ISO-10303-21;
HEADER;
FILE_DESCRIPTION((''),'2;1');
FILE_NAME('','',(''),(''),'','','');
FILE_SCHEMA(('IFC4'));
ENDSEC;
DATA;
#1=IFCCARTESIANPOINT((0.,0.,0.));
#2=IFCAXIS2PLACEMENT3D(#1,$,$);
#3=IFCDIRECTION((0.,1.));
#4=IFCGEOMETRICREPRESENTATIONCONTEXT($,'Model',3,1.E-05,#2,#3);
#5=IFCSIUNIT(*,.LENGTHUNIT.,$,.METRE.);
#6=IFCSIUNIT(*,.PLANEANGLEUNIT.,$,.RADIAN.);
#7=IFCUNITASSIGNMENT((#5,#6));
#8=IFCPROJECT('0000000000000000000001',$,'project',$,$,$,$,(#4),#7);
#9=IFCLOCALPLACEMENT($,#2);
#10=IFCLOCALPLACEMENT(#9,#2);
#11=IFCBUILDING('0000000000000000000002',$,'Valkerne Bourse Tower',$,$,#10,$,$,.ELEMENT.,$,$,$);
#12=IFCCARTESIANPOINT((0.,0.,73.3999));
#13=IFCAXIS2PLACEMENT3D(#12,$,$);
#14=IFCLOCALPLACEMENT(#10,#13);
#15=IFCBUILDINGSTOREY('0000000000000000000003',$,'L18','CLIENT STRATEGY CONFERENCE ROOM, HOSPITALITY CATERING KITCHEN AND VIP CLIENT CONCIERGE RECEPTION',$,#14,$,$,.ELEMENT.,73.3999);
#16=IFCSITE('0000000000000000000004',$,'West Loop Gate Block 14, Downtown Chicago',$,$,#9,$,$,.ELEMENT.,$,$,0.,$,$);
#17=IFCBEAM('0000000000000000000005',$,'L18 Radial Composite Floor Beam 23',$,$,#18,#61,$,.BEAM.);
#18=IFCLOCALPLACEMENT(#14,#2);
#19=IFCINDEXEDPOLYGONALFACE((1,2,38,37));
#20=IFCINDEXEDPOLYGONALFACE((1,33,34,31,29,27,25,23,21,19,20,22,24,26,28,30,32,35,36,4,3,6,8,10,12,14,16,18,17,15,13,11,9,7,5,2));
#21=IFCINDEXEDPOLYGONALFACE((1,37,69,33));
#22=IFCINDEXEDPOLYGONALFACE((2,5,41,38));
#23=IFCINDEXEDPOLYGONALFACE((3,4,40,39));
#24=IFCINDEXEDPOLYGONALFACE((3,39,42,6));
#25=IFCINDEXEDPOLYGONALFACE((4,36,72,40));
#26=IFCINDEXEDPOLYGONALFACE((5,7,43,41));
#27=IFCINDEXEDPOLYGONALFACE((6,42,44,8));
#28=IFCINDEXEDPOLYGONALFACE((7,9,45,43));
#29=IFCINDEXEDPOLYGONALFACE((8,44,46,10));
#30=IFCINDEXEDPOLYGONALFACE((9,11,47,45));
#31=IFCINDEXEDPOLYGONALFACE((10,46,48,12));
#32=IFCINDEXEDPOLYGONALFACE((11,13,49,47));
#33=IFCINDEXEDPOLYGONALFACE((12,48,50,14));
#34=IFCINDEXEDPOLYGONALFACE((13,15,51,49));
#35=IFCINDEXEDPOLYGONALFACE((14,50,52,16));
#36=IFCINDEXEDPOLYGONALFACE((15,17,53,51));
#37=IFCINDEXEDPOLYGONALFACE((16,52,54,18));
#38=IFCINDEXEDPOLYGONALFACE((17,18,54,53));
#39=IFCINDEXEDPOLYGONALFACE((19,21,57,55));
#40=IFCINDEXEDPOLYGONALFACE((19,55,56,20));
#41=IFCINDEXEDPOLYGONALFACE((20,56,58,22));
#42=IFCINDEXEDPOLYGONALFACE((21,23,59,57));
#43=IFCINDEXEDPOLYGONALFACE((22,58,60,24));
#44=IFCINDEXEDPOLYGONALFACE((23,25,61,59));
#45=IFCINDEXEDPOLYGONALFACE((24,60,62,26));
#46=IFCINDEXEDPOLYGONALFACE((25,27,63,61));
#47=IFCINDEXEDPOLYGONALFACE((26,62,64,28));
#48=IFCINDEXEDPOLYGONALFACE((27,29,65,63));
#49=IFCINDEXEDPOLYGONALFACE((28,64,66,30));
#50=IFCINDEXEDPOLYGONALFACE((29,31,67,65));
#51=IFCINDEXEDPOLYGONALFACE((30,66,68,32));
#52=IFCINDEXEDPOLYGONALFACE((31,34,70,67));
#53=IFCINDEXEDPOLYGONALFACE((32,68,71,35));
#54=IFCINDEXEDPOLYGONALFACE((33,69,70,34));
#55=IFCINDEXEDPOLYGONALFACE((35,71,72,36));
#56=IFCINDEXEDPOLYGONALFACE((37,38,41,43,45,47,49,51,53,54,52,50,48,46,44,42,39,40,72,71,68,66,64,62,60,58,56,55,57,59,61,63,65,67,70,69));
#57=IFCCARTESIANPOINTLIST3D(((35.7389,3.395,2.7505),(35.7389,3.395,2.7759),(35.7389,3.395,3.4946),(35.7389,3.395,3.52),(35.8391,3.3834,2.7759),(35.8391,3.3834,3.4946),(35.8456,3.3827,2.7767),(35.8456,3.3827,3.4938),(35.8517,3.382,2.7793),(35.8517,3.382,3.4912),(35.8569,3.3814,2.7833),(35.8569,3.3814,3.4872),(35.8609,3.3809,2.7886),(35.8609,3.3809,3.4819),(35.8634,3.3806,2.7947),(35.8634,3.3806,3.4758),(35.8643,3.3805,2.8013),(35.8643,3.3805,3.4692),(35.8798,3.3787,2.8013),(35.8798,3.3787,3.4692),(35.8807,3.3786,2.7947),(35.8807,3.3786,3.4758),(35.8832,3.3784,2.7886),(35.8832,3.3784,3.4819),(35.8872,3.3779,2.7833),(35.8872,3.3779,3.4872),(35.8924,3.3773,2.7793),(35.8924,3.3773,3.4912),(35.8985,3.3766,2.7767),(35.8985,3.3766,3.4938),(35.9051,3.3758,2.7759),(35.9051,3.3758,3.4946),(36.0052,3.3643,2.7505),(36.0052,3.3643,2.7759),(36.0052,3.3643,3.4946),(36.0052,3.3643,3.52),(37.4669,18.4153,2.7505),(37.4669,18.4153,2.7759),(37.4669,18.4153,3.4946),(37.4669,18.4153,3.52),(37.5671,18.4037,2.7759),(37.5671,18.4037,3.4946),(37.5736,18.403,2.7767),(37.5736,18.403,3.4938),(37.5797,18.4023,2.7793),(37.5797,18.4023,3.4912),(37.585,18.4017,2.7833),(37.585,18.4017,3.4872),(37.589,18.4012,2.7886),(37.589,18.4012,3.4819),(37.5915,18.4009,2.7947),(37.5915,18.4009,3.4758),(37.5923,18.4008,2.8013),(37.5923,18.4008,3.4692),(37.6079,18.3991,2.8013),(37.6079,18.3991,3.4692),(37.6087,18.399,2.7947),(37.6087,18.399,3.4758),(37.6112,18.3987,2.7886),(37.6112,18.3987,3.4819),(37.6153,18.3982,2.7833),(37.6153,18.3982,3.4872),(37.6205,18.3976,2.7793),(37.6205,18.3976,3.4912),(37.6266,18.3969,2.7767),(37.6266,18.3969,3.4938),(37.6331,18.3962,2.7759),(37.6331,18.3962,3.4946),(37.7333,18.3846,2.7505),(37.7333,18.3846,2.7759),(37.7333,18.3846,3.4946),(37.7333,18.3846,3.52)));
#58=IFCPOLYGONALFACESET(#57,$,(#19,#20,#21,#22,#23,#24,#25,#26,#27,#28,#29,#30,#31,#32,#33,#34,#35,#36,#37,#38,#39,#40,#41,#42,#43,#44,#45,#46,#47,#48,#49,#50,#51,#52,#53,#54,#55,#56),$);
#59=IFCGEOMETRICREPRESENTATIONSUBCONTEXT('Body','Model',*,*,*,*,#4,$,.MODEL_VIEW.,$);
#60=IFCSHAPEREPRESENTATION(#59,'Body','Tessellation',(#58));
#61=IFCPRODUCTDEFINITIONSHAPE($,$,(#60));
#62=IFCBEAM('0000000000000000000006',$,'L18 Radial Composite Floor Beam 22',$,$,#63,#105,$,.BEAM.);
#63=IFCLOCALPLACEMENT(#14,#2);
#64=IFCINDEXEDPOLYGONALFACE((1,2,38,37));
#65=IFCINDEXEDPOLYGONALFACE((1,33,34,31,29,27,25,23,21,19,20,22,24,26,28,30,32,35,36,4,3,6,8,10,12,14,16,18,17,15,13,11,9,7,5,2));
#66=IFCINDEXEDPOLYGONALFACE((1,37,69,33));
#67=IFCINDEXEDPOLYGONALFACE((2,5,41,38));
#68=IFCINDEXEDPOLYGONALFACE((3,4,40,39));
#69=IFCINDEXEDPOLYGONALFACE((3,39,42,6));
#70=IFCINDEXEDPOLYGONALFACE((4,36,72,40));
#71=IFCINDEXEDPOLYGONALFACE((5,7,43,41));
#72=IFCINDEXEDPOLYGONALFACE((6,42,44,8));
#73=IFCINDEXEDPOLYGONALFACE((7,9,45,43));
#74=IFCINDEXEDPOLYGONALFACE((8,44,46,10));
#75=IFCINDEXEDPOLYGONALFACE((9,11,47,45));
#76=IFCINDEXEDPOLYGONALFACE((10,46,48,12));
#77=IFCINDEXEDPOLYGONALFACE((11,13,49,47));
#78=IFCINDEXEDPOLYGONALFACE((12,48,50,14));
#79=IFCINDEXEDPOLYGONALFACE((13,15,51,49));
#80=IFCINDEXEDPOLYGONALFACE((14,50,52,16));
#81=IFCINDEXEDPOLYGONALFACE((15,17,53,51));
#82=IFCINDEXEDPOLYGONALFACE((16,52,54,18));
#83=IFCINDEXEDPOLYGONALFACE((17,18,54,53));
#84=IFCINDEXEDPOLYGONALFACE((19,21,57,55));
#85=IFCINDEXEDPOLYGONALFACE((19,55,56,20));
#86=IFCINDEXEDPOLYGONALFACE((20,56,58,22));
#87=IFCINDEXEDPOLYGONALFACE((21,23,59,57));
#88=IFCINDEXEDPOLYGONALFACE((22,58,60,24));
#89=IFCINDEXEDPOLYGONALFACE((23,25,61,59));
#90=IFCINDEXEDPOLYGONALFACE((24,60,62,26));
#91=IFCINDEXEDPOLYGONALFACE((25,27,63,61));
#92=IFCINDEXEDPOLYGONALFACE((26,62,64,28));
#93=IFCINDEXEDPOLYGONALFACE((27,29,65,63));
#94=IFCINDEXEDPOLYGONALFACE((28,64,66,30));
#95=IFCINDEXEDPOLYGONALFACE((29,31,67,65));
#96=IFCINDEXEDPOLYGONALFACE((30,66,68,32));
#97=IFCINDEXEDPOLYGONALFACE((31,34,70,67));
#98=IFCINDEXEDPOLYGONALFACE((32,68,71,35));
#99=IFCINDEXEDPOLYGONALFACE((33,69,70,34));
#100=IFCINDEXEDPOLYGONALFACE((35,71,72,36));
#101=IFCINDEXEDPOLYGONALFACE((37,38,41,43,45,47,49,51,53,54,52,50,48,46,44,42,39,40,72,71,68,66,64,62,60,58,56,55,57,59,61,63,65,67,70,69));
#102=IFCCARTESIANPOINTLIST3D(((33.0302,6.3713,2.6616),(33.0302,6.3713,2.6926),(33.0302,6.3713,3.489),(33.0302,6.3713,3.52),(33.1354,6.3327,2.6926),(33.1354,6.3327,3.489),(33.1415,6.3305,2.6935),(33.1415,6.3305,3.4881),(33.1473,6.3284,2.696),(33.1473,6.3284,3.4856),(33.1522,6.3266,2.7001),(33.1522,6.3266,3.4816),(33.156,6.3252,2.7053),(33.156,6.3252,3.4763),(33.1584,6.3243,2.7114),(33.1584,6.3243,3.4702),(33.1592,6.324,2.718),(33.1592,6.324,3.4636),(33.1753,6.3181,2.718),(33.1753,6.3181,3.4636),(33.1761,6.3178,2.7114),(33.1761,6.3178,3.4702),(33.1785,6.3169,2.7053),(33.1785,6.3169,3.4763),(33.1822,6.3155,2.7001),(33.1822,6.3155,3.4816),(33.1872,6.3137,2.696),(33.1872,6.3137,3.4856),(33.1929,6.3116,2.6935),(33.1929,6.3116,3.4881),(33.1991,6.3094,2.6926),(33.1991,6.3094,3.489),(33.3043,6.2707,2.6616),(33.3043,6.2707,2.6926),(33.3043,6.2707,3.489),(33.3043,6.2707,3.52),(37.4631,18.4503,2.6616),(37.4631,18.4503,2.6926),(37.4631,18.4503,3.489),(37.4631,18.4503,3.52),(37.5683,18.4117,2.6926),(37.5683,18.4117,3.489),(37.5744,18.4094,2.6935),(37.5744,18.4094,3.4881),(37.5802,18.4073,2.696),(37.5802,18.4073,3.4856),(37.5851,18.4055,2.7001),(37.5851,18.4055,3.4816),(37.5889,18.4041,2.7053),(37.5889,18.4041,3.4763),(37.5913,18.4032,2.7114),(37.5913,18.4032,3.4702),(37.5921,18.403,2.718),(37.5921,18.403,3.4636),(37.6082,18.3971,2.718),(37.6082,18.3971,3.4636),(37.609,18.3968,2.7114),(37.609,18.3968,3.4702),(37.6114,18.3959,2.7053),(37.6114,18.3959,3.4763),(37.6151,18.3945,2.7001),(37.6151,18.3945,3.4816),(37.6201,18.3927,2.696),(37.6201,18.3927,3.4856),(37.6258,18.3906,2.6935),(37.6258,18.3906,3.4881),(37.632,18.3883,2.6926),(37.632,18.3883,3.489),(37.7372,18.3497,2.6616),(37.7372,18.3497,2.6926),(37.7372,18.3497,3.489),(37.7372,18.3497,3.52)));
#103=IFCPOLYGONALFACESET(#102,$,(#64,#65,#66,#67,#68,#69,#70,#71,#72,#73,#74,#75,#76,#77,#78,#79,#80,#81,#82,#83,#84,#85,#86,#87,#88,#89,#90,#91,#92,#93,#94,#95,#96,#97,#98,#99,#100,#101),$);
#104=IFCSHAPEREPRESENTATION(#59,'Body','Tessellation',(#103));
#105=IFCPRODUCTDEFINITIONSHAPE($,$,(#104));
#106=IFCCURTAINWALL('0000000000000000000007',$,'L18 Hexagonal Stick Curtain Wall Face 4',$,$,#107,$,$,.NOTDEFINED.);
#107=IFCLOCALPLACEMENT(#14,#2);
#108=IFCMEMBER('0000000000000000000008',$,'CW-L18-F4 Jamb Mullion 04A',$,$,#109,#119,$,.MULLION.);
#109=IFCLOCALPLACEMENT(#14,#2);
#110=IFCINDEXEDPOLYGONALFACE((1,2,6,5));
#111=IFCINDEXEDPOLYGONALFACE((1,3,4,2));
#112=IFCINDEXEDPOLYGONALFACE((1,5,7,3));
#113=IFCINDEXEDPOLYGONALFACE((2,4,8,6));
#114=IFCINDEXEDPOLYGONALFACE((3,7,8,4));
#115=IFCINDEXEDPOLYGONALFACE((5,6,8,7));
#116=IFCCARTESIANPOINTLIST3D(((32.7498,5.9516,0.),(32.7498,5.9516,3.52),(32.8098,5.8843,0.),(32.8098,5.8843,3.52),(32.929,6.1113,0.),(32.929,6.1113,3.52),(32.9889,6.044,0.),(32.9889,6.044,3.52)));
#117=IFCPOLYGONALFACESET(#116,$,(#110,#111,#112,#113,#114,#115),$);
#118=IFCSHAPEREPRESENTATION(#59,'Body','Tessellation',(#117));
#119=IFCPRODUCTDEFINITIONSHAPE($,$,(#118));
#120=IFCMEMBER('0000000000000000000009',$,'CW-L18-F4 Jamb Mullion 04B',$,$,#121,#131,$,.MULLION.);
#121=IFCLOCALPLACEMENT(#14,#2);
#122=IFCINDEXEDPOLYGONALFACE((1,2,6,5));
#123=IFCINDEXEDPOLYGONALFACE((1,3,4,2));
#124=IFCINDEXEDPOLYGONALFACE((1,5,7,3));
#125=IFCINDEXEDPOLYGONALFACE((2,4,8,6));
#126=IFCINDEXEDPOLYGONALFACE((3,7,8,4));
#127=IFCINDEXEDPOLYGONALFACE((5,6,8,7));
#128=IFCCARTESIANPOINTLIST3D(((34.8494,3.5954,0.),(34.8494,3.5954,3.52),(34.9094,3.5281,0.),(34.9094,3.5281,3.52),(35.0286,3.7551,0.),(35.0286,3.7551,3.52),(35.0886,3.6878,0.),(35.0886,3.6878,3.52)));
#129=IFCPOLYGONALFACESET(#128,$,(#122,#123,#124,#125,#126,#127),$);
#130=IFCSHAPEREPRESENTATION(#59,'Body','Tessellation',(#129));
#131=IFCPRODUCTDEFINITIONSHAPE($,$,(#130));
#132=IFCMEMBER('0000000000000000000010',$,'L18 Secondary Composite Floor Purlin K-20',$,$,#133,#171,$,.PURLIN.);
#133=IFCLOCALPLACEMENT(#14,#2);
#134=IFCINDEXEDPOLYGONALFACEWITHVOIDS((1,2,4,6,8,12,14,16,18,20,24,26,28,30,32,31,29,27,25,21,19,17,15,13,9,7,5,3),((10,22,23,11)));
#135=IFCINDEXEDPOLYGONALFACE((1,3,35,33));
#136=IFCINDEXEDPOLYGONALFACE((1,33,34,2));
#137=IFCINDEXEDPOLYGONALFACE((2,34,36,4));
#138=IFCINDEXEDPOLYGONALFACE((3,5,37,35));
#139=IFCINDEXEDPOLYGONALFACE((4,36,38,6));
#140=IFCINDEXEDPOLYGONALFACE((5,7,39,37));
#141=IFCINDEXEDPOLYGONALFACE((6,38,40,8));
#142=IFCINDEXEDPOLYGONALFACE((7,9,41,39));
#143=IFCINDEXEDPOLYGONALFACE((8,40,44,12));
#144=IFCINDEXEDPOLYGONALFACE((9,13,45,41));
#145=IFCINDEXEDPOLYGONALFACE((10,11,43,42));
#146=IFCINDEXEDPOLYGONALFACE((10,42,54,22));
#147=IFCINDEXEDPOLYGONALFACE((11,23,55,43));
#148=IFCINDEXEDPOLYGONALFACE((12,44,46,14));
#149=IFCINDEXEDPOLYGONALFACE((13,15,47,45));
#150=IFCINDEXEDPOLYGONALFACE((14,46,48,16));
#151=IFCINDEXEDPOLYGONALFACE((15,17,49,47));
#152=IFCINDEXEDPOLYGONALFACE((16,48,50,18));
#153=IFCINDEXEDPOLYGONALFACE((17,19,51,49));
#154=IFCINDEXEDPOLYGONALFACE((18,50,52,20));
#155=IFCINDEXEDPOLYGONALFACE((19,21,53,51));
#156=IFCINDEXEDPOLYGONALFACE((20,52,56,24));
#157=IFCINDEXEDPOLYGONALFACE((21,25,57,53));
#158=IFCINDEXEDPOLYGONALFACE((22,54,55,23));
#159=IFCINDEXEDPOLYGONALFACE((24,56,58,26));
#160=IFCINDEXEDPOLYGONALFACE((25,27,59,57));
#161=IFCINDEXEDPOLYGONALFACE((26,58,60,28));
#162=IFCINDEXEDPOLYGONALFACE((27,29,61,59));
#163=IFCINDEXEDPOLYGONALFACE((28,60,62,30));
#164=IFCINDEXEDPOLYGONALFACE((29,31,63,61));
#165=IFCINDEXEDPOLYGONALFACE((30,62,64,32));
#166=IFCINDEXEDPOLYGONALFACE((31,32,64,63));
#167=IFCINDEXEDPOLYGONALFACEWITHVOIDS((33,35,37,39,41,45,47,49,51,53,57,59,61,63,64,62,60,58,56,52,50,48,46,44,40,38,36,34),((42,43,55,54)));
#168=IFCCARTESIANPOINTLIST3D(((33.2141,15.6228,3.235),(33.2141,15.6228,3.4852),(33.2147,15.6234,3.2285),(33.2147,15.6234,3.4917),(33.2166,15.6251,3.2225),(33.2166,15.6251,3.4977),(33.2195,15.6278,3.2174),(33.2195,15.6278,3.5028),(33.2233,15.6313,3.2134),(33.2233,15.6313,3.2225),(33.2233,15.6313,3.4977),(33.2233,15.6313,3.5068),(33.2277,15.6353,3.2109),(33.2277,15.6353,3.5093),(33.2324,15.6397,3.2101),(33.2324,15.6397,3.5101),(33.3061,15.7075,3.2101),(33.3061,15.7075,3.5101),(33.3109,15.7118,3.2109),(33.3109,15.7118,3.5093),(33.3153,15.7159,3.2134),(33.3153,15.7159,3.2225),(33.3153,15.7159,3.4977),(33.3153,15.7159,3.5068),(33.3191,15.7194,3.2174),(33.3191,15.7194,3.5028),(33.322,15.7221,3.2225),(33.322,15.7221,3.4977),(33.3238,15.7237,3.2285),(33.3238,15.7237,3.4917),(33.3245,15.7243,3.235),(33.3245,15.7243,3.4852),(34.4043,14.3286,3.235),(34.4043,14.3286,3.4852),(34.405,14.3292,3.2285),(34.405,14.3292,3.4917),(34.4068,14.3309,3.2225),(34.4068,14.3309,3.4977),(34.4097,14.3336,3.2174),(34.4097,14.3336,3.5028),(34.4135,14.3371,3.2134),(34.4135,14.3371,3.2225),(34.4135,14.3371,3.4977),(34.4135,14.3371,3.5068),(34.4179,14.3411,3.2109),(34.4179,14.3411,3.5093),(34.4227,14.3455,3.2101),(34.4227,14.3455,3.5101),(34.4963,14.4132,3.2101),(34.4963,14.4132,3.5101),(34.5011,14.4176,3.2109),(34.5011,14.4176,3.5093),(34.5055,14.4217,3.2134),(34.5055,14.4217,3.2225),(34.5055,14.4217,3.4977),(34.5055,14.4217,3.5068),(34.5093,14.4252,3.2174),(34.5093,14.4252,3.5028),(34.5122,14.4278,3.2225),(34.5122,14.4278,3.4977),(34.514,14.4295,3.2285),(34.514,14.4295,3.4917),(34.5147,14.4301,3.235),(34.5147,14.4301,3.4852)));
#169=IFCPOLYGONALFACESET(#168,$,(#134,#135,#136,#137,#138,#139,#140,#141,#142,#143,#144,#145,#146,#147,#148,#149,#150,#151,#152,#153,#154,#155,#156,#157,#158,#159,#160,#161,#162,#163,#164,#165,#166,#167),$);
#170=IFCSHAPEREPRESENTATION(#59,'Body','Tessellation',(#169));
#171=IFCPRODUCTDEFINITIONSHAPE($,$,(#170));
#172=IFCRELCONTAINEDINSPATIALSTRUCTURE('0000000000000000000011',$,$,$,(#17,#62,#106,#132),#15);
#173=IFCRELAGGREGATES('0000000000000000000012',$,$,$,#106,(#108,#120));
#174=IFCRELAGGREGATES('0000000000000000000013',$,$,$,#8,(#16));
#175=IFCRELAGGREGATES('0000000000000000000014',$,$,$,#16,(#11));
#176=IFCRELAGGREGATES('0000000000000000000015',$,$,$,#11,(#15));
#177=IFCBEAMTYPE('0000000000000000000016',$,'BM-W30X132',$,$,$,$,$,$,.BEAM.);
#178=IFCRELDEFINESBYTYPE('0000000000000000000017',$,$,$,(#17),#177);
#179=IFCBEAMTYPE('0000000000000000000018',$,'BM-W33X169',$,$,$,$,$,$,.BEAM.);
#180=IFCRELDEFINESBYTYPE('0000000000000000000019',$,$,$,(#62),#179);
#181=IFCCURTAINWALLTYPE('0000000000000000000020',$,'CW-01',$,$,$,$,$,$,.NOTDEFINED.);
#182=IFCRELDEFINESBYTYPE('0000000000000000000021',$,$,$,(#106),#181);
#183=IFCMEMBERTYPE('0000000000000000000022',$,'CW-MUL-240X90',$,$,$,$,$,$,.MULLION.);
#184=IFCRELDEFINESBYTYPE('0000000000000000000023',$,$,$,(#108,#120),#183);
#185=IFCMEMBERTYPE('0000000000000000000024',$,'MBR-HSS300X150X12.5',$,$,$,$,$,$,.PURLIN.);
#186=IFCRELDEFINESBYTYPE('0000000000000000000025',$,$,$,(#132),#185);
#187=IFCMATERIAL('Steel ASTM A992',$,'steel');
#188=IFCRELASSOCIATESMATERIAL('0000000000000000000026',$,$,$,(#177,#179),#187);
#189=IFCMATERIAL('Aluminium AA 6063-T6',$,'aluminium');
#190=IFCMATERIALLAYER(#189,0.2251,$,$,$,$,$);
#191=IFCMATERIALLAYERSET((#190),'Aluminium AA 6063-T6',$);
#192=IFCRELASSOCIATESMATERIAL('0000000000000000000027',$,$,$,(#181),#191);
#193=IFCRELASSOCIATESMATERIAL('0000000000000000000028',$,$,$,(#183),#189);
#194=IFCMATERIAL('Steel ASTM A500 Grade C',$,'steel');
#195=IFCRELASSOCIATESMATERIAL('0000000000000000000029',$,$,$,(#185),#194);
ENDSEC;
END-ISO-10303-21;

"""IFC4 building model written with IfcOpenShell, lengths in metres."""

from ifc_helpers import new_model, si_unit, direction, frame, origin, origin_2d, place, context, subcontext, project, spatial, rectangle, hollow_rectangle, i_section, extrude, material, layer, layer_set, material_profile, profile_set, type_object, element, aggregate, save


model = new_model("IFC4")

# Units and contexts
model_context = context("Model", 3, precision=1e-05, world=origin(), true_north=direction((0.0, 1.0)))
body_context = subcontext(model_context, "Body", "Model", "MODEL_VIEW")
ifc_project = project(units=[si_unit("LENGTHUNIT", "METRE"), si_unit("PLANEANGLEUNIT", "RADIAN")], contexts=[model_context])

# Site, building, storey
site_placement = place(None, origin())
site = spatial("IfcSite", under=ifc_project, at=site_placement, Name="West Loop Gate Block 14, Downtown Chicago", CompositionType="ELEMENT", RefElevation=0.0)
building_placement = place(site_placement, origin())
building = spatial("IfcBuilding", under=site, at=building_placement, Name="Valkerne Bourse Tower", CompositionType="ELEMENT")
storey_placement = place(building_placement, frame((0.0, 0.0, 73.3999)))
storey = spatial("IfcBuildingStorey", under=building, at=storey_placement, Name="L18", Description="CLIENT STRATEGY CONFERENCE ROOM, HOSPITALITY CATERING KITCHEN AND VIP CLIENT CONCIERGE RECEPTION", CompositionType="ELEMENT", Elevation=73.3999)

# Beams
ifc_material_1 = material(Name="Steel ASTM A992", Category="steel")
ifc_material_profile_1 = material_profile(ifc_material_1, i_section(OverallWidth=0.2681, OverallDepth=0.7695, WebThickness=0.0156, FlangeThickness=0.0254, FilletRadius=0.0254, at=origin_2d()), Name="W30X132")
ifc_profile_set_1 = profile_set([ifc_material_profile_1], Name="Steel ASTM A992")
beam_type_1 = type_object("IfcBeamType", Name="BM-W30X132", PredefinedType="BEAM", material=ifc_profile_set_1)
beam_1_placement = place(storey_placement, frame((35.8721, 3.3796, 3.1353), z_axis=(0.114293, 0.993447, 0.0), x_axis=(-0.993447, 0.114293, 0.0)))
element("IfcBeam", 1, at=beam_1_placement, inside=storey, type_object=beam_type_1, Name="L18 Radial Composite Floor Beam 23", PredefinedType="BEAM", context=body_context, shape_type="SweptSolid", body=[
    extrude(i_section(OverallWidth=0.2681, OverallDepth=0.7695, WebThickness=0.0156, FlangeThickness=0.0254, FilletRadius=0.0254, at=origin_2d()), origin(), (0.0, 0.0, 1.0), 15.1194),
])
ifc_material_profile_2 = material_profile(ifc_material_1, i_section(OverallWidth=0.292, OverallDepth=0.8584, WebThickness=0.0171, FlangeThickness=0.031, FilletRadius=0.0254, at=origin_2d()), Name="W33X169")
ifc_profile_set_2 = profile_set([ifc_material_profile_2], Name="Steel ASTM A992")
beam_type_2 = type_object("IfcBeamType", Name="BM-W33X169", PredefinedType="BEAM", material=ifc_profile_set_2)
beam_2_placement = place(storey_placement, frame((33.1672, 6.321, 3.0908), z_axis=(0.344525, 0.938777, 0.0), x_axis=(-0.938777, 0.344525, 0.0)))
element("IfcBeam", 2, at=beam_2_placement, inside=storey, type_object=beam_type_2, Name="L18 Radial Composite Floor Beam 22", PredefinedType="BEAM", context=body_context, shape_type="SweptSolid", body=[
    extrude(i_section(OverallWidth=0.292, OverallDepth=0.8584, WebThickness=0.0171, FlangeThickness=0.031, FilletRadius=0.0254, at=origin_2d()), origin(), (0.0, 0.0, 1.0), 12.8667),
])

# Curtain wall, members
ifc_material_2 = material(Name="Aluminium AA 6063-T6", Category="aluminium")
ifc_layer_1 = layer(ifc_material_2, 0.2251)
ifc_layer_set_1 = layer_set([ifc_layer_1], Name="Aluminium AA 6063-T6")
curtain_wall_type = type_object("IfcCurtainWallType", Name="CW-01", PredefinedType="NOTDEFINED", material=ifc_layer_set_1)
curtain_wall_placement = place(storey_placement, origin())
curtain_wall = element("IfcCurtainWall", 3, at=curtain_wall_placement, inside=storey, type_object=curtain_wall_type, Name="L18 Hexagonal Stick Curtain Wall Face 4", PredefinedType="NOTDEFINED")
ifc_material_profile_3 = material_profile(ifc_material_2, rectangle(XDim=0.0901, YDim=0.24, at=origin_2d()), Name="CWM-90X240")
ifc_profile_set_3 = profile_set([ifc_material_profile_3], Name="Aluminium AA 6063-T6")
member_type_1 = type_object("IfcMemberType", Name="CW-MUL-240X90", PredefinedType="MULLION", material=ifc_profile_set_3)
member_1_placement = place(storey_placement, frame((32.8694, 5.9978, 0.0), z_axis=(0.0, 0.0, 1.0), x_axis=(0.665232, -0.746637, 0.0)))
member_1 = element("IfcMember", 4, at=member_1_placement, type_object=member_type_1, Name="CW-L18-F4 Jamb Mullion 04A", PredefinedType="MULLION", context=body_context, shape_type="SweptSolid", body=[
    extrude(rectangle(XDim=0.0901, YDim=0.24, at=origin_2d()), origin(), (0.0, 0.0, 1.0), 3.52),
])
member_2_placement = place(storey_placement, frame((34.969, 3.6416, 0.0), z_axis=(0.0, 0.0, 1.0), x_axis=(0.665232, -0.746637, 0.0)))
member_2 = element("IfcMember", 5, at=member_2_placement, type_object=member_type_1, Name="CW-L18-F4 Jamb Mullion 04B", PredefinedType="MULLION", context=body_context, shape_type="SweptSolid", body=[
    extrude(rectangle(XDim=0.0901, YDim=0.24, at=origin_2d()), origin(), (0.0, 0.0, 1.0), 3.52),
])

# Member
ifc_material_3 = material(Name="Steel ASTM A500 Grade C", Category="steel")
ifc_material_profile_4 = material_profile(ifc_material_3, hollow_rectangle(XDim=0.1499, YDim=0.3, WallThickness=0.0125, OuterFilletRadius=0.0249, at=origin_2d()), Name="HSS300X150X12.5")
ifc_profile_set_4 = profile_set([ifc_material_profile_4], Name="Steel ASTM A500 Grade C")
member_type_2 = type_object("IfcMemberType", Name="MBR-HSS300X150X12.5", PredefinedType="PURLIN", material=ifc_profile_set_4)
for number, where, z_axis, x_axis, name in (
    (6, (33.2693, 15.6736, 3.3601), (0.676912, -0.736064, 0.0), (0.736064, 0.676912, 0.0), "L18 Secondary Composite Floor Purlin K-20"),
):
    element("IfcMember", number, at=place(storey_placement, frame(where, z_axis=z_axis, x_axis=x_axis)), inside=storey, type_object=member_type_2, Name=name, PredefinedType="PURLIN", context=body_context, shape_type="SweptSolid", body=[
        extrude(hollow_rectangle(XDim=0.1499, YDim=0.3, WallThickness=0.0125, OuterFilletRadius=0.0249, at=origin_2d()), origin(), (0.0, 0.0, 1.0), 1.7583),
    ])

aggregate(curtain_wall, [member_1, member_2])

save(model, "model.ifc")
